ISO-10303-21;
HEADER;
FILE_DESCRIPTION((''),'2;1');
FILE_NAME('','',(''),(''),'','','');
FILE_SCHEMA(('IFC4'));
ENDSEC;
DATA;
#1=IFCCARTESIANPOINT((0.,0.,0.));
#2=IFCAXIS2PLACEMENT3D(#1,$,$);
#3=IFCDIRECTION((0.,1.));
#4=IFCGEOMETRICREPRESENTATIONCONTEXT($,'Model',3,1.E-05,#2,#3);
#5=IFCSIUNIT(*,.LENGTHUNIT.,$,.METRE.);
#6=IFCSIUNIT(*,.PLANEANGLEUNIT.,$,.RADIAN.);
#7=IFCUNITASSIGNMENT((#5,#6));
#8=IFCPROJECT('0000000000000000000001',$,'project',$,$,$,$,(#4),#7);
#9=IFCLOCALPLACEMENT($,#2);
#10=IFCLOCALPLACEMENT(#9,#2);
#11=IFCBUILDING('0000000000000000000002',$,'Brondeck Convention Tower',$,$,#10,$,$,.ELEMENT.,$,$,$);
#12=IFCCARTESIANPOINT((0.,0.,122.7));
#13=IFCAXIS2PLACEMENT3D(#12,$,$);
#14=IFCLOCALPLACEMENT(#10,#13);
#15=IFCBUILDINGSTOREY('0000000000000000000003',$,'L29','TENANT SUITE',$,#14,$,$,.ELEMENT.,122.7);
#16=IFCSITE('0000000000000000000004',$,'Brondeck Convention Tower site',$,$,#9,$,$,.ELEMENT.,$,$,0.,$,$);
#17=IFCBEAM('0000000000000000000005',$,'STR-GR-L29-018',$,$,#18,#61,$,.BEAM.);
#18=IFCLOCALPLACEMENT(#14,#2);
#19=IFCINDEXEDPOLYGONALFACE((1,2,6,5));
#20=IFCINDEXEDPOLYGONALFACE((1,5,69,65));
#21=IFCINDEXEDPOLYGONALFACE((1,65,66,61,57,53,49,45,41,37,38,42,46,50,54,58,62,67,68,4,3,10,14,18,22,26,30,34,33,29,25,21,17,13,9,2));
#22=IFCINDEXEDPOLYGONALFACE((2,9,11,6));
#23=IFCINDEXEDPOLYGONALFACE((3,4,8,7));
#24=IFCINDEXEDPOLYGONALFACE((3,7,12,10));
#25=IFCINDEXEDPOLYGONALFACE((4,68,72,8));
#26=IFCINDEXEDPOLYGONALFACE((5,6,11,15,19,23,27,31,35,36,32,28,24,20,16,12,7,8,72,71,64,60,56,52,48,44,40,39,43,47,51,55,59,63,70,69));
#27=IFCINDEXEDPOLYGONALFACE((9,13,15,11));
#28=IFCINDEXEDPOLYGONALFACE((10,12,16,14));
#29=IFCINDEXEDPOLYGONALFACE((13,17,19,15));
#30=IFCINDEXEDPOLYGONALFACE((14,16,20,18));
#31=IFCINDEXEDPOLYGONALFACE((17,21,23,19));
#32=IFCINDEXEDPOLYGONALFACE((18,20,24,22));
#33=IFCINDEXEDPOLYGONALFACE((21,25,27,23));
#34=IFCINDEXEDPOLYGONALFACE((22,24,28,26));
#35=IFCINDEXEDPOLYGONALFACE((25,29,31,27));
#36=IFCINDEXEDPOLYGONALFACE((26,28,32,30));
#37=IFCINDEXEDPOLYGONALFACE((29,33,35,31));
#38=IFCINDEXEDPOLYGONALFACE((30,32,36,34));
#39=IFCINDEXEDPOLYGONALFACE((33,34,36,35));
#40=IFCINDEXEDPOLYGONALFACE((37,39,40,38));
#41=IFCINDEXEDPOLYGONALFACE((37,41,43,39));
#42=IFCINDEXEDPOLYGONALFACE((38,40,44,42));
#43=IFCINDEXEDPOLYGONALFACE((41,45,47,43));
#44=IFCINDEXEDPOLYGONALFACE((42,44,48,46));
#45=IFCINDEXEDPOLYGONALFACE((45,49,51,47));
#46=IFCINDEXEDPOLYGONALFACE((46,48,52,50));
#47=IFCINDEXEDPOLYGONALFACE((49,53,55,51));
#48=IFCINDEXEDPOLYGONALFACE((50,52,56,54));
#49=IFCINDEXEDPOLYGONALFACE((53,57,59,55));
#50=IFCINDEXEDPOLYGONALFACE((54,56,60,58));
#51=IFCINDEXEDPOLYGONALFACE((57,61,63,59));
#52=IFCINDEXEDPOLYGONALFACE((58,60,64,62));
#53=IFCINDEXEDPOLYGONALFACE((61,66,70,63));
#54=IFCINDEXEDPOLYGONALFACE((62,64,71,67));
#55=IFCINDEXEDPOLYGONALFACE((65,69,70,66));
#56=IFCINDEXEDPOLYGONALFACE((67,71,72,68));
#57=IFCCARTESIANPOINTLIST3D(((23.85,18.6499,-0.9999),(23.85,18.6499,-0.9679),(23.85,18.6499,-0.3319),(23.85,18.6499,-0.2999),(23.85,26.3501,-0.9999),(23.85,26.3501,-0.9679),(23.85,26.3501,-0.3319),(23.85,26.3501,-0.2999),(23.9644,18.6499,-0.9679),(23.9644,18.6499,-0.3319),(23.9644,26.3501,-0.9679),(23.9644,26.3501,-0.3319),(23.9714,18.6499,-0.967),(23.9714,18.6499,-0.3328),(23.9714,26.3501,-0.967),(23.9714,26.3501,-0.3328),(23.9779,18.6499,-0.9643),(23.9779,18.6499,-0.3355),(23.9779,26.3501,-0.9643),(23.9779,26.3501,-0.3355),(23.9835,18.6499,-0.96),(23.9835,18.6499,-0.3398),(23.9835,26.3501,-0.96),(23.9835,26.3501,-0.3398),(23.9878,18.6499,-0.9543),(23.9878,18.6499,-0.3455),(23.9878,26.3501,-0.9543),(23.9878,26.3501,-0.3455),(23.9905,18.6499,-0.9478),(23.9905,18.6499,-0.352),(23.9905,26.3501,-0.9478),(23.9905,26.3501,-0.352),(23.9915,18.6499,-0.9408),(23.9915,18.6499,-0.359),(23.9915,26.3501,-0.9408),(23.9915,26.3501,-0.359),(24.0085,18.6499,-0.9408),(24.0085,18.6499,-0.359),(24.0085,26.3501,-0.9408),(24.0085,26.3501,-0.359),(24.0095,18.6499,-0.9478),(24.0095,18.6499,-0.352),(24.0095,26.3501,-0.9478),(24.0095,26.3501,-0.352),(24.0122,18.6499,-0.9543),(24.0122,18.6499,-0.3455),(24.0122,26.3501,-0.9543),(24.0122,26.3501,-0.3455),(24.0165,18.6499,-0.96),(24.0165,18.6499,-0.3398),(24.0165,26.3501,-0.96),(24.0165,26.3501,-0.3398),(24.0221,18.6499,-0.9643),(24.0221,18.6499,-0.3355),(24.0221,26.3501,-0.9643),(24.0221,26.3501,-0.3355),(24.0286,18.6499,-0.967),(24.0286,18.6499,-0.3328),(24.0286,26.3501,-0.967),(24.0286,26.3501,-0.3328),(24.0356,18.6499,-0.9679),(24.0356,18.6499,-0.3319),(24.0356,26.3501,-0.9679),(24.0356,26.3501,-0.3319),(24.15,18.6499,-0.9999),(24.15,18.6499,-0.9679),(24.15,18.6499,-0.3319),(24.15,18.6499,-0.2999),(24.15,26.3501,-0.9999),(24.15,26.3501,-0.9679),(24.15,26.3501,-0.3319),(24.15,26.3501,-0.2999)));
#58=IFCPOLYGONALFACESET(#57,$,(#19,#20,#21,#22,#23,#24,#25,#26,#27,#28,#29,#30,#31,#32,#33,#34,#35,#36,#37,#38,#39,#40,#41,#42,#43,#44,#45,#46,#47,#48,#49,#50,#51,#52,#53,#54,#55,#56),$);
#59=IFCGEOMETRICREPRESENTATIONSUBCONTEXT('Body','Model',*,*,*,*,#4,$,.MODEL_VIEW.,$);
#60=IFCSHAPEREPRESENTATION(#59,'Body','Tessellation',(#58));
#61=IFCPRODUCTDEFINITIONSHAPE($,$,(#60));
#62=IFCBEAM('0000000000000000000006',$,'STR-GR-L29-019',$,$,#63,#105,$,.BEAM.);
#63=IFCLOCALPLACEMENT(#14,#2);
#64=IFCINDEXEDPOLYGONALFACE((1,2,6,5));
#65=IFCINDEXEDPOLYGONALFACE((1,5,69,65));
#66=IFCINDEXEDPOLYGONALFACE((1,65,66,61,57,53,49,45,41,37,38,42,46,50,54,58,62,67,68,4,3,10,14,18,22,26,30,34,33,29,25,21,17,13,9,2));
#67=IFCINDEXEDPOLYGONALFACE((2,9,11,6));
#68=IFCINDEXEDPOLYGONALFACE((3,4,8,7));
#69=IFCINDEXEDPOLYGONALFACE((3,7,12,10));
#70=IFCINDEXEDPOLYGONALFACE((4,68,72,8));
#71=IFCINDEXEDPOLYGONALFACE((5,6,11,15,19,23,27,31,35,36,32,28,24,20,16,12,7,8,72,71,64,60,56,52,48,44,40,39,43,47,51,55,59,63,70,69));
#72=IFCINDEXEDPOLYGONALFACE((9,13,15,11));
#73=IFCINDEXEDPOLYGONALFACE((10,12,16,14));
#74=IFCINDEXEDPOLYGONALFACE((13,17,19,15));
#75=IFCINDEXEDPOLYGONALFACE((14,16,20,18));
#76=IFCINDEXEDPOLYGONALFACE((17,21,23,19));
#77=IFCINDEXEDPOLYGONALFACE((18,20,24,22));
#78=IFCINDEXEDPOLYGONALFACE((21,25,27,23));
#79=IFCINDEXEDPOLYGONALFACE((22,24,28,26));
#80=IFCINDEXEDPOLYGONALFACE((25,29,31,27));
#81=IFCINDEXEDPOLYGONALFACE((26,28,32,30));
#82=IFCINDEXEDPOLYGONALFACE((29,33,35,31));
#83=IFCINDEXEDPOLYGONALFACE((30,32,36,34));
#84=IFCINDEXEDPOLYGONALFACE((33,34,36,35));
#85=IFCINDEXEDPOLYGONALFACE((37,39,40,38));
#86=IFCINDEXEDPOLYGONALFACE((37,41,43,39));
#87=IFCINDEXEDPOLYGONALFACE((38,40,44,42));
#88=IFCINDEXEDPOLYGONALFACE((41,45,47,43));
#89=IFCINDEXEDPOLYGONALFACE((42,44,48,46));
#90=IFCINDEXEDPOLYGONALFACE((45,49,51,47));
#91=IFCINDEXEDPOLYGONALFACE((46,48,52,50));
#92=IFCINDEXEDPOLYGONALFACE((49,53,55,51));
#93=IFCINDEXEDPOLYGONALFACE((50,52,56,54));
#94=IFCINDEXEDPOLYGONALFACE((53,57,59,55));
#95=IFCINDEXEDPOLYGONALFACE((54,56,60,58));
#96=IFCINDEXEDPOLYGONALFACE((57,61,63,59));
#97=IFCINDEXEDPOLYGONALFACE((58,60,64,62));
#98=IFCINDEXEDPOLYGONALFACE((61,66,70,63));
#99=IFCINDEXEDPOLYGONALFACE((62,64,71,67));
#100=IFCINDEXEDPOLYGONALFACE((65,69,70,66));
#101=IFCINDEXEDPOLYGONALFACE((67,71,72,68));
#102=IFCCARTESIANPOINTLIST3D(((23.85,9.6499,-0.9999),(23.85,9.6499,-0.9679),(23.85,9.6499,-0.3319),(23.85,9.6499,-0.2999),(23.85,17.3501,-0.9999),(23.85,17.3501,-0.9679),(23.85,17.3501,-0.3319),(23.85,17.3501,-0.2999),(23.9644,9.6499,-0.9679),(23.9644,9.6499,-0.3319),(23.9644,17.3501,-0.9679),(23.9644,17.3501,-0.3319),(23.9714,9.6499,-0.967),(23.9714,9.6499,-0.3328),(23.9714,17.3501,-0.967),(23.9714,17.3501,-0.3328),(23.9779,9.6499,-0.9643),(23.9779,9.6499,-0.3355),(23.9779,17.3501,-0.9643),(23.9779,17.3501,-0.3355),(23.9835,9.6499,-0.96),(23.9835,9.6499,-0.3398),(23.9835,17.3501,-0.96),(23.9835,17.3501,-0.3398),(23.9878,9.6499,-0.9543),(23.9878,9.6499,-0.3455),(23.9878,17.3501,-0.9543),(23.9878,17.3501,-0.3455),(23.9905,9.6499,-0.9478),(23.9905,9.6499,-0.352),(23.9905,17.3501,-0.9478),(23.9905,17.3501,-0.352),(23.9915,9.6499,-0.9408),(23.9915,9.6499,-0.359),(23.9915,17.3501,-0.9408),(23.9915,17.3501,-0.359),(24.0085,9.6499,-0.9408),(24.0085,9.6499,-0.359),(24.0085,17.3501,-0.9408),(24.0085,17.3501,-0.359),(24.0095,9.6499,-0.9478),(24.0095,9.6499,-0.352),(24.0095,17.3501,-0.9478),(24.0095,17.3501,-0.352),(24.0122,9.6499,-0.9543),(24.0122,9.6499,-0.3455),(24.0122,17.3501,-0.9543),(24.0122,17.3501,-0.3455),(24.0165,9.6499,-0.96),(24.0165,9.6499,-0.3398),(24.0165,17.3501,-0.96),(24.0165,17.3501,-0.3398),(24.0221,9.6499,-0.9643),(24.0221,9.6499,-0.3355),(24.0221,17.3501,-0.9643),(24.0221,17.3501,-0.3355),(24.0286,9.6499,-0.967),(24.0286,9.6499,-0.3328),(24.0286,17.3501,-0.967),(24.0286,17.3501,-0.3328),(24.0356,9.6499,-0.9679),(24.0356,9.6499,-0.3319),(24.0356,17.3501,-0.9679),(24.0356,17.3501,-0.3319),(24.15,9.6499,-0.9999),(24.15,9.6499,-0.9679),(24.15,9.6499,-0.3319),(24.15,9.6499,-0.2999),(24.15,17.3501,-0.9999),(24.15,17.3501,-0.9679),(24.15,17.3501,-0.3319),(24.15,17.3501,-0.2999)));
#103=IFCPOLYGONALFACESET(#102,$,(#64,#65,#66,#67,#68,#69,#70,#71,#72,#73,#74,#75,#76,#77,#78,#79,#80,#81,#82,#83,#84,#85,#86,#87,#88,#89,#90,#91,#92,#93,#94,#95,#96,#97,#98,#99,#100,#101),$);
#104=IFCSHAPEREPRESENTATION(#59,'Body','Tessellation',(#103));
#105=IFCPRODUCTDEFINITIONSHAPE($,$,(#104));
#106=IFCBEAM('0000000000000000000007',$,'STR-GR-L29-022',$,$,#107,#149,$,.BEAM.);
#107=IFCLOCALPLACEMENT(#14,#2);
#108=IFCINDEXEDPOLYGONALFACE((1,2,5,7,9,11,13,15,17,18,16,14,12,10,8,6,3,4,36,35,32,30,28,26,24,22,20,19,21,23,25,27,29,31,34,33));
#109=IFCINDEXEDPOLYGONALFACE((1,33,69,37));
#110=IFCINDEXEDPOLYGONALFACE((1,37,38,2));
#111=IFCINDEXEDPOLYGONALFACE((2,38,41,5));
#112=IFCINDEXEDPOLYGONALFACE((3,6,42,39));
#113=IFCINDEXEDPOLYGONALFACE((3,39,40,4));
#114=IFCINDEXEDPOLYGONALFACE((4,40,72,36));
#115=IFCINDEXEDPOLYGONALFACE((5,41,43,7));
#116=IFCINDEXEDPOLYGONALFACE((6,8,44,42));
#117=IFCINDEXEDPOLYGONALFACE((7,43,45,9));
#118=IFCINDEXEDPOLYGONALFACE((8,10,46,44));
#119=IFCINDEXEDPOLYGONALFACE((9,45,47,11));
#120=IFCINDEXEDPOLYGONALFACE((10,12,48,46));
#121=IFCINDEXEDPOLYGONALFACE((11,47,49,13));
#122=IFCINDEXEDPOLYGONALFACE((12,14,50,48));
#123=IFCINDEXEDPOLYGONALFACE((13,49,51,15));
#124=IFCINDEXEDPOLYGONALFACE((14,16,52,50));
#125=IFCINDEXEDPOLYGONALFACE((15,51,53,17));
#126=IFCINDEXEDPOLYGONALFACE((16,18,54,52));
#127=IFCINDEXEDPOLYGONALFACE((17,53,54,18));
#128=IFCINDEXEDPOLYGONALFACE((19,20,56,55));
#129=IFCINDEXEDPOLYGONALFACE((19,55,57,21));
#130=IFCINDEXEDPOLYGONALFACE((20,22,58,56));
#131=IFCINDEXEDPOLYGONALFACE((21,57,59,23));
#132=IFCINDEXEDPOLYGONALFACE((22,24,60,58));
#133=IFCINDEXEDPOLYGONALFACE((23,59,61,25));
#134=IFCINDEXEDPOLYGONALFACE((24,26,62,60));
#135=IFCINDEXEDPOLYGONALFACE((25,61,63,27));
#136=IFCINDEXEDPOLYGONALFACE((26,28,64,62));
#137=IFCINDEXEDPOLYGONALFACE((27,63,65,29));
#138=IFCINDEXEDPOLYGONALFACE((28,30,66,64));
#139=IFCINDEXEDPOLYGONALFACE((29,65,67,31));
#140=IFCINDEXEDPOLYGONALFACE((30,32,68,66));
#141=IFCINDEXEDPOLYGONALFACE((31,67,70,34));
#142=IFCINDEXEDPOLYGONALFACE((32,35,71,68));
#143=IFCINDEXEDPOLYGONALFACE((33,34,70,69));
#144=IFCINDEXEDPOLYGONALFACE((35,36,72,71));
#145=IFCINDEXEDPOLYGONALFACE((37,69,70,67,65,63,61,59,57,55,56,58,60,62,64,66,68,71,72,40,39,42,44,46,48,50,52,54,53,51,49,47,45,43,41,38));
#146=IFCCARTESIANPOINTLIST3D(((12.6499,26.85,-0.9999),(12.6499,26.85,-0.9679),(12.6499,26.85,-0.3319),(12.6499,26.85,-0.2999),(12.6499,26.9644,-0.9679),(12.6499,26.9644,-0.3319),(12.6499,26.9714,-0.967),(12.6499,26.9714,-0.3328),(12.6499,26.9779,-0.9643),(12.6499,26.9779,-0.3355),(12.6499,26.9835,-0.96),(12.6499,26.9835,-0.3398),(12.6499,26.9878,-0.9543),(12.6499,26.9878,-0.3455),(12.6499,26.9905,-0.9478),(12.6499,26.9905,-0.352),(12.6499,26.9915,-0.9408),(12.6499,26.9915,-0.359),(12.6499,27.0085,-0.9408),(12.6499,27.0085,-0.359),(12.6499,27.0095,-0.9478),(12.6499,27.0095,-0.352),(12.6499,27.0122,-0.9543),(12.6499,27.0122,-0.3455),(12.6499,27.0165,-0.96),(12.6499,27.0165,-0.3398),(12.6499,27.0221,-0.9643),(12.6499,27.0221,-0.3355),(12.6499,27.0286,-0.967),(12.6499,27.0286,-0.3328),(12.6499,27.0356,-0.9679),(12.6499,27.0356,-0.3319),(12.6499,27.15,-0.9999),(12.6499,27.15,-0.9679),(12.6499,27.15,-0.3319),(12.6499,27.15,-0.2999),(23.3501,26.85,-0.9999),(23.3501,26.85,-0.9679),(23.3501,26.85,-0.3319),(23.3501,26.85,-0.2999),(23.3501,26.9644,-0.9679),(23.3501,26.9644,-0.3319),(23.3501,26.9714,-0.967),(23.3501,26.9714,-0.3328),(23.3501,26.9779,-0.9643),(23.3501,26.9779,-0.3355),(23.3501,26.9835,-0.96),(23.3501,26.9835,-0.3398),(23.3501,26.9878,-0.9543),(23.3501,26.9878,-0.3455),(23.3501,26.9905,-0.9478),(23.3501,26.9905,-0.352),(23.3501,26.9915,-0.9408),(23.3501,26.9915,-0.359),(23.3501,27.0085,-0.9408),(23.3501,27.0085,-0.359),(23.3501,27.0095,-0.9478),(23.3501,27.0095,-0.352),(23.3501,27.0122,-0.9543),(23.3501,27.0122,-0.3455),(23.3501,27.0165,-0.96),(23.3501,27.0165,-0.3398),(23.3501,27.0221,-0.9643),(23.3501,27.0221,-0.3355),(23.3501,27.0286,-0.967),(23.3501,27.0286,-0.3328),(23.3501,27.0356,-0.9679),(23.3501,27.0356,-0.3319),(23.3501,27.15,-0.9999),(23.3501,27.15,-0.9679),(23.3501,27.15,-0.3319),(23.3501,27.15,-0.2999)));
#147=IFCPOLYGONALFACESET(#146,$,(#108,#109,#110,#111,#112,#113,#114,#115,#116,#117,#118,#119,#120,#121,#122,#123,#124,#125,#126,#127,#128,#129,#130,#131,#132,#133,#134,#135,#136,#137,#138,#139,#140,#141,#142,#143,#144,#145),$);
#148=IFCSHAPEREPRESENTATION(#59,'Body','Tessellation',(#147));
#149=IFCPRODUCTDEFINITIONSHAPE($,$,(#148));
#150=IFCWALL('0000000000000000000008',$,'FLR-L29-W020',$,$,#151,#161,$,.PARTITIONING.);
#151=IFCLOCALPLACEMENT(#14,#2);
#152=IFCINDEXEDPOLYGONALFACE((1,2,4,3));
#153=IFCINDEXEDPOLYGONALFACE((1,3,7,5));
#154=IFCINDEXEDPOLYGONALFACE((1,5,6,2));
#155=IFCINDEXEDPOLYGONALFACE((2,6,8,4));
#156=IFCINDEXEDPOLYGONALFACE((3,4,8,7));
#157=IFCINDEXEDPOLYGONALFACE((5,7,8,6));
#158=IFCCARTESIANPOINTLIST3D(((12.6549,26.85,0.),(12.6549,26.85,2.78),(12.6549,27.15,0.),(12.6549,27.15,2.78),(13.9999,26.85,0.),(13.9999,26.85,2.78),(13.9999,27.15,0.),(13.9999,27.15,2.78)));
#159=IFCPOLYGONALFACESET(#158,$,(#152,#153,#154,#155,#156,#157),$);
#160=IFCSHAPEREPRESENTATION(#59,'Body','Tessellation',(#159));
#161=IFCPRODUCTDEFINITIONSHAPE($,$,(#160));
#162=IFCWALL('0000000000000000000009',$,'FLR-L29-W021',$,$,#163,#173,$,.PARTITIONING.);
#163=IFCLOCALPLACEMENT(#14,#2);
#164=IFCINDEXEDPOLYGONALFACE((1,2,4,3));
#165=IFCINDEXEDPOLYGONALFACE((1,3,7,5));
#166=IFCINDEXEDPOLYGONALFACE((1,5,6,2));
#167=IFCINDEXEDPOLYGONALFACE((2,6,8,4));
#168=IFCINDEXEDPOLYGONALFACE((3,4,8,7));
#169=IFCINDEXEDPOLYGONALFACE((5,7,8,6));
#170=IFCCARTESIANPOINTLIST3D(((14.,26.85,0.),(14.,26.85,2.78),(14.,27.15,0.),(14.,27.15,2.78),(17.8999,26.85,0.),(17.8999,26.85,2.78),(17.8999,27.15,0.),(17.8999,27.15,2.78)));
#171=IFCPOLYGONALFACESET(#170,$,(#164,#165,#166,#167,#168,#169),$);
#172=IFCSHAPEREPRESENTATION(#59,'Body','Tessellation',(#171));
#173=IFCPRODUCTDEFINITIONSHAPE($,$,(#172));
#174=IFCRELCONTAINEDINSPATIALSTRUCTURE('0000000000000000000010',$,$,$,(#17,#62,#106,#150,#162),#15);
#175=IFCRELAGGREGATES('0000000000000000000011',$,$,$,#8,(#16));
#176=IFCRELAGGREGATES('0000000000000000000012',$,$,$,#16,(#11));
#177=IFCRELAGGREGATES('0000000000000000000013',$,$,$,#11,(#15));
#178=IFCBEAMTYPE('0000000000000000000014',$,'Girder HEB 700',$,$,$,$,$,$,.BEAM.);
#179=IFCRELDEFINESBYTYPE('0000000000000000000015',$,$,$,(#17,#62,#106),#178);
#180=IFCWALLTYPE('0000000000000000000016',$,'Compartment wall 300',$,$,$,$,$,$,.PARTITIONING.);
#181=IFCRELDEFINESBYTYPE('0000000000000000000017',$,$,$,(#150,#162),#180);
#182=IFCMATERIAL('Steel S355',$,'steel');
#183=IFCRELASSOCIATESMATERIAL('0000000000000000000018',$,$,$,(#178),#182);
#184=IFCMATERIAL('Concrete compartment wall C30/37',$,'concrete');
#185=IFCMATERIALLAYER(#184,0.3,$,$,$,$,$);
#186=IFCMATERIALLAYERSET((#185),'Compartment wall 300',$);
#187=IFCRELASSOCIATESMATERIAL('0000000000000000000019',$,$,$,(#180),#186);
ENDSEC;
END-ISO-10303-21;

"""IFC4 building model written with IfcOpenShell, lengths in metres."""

from ifc_helpers import new_model, si_unit, direction, frame, frame_2d, origin, origin_2d, place, context, subcontext, project, spatial, rectangle, i_section, extrude, material, layer, layer_set, material_profile, profile_set, type_object, element, save


model = new_model("IFC4")

# Units and contexts
model_context = context("Model", 3, precision=1e-05, world=origin(), true_north=direction((0.0, 1.0)))
body_context = subcontext(model_context, "Body", "Model", "MODEL_VIEW")
ifc_project = project(units=[si_unit("LENGTHUNIT", "METRE"), si_unit("PLANEANGLEUNIT", "RADIAN")], contexts=[model_context])

# Site, building, storey
site_placement = place(None, origin())
site = spatial("IfcSite", under=ifc_project, at=site_placement, Name="Brondeck Convention Tower site", CompositionType="ELEMENT", RefElevation=0.0)
building_placement = place(site_placement, origin())
building = spatial("IfcBuilding", under=site, at=building_placement, Name="Brondeck Convention Tower", CompositionType="ELEMENT")
storey_placement = place(building_placement, frame((0.0, 0.0, 122.7)))
storey = spatial("IfcBuildingStorey", under=building, at=storey_placement, Name="L29", Description="TENANT SUITE", CompositionType="ELEMENT", Elevation=122.7)

# Beams
ifc_material_1 = material(Name="Steel S355", Category="steel")
ifc_material_profile_1 = material_profile(ifc_material_1, i_section(OverallWidth=0.3, OverallDepth=0.7, WebThickness=0.0171, FlangeThickness=0.032, FilletRadius=0.0271, at=origin_2d()), Name="HEB 700")
ifc_profile_set_1 = profile_set([ifc_material_profile_1], Name="Steel S355")
beam_type_1 = type_object("IfcBeamType", Name="Girder HEB 700", PredefinedType="BEAM", material=ifc_profile_set_1)
for number, where, z_axis, x_axis, name in (
    (1, (24.0, 26.3501, -0.6499), (0.0, -1.0, 0.0), (1.0, 0.0, 0.0), "STR-GR-L29-018"),
    (2, (24.0, 17.3501, -0.6499), (0.0, -1.0, 0.0), (1.0, 0.0, 0.0), "STR-GR-L29-019"),
):
    element("IfcBeam", number, at=place(storey_placement, frame(where, z_axis=z_axis, x_axis=x_axis)), inside=storey, type_object=beam_type_1, Name=name, PredefinedType="BEAM", context=body_context, shape_type="SweptSolid", body=[
        extrude(i_section(OverallWidth=0.3, OverallDepth=0.7, WebThickness=0.0171, FlangeThickness=0.032, FilletRadius=0.0271, at=origin_2d()), origin(), (0.0, 0.0, 1.0), 7.7002),
    ])
beam_1_placement = place(storey_placement, frame((12.6499, 27.0, -0.6499), z_axis=(1.0, 0.0, 0.0), x_axis=(0.0, 1.0, 0.0)))
element("IfcBeam", 3, at=beam_1_placement, inside=storey, type_object=beam_type_1, Name="STR-GR-L29-022", PredefinedType="BEAM", context=body_context, shape_type="SweptSolid", body=[
    extrude(i_section(OverallWidth=0.3, OverallDepth=0.7, WebThickness=0.0171, FlangeThickness=0.032, FilletRadius=0.0271, at=origin_2d()), origin(), (0.0, 0.0, 1.0), 10.7002),
])

# Walls
ifc_material_2 = material(Name="Concrete compartment wall C30/37", Category="concrete")
ifc_layer_1 = layer(ifc_material_2, 0.3)
ifc_layer_set_1 = layer_set([ifc_layer_1], Name="Compartment wall 300")
wall_type_1 = type_object("IfcWallType", Name="Compartment wall 300", PredefinedType="PARTITIONING", material=ifc_layer_set_1)
wall_1_placement = place(storey_placement, frame((12.655, 27.0, 0.0), z_axis=(0.0, 0.0, 1.0), x_axis=(1.0, 0.0, 0.0)))
element("IfcWall", 4, at=wall_1_placement, inside=storey, type_object=wall_type_1, Name="FLR-L29-W020", PredefinedType="PARTITIONING", context=body_context, shape_type="SweptSolid", body=[
    extrude(rectangle(XDim=1.345, YDim=0.3, at=frame_2d((0.6724, 0.0))), origin(), (0.0, 0.0, 1.0), 2.78),
])
wall_2_placement = place(storey_placement, frame((14.0, 27.0, 0.0), z_axis=(0.0, 0.0, 1.0), x_axis=(1.0, 0.0, 0.0)))
element("IfcWall", 5, at=wall_2_placement, inside=storey, type_object=wall_type_1, Name="FLR-L29-W021", PredefinedType="PARTITIONING", context=body_context, shape_type="SweptSolid", body=[
    extrude(rectangle(XDim=3.8999, YDim=0.3, at=frame_2d((1.95, 0.0))), origin(), (0.0, 0.0, 1.0), 2.78),
])

save(model, "model.ifc")
